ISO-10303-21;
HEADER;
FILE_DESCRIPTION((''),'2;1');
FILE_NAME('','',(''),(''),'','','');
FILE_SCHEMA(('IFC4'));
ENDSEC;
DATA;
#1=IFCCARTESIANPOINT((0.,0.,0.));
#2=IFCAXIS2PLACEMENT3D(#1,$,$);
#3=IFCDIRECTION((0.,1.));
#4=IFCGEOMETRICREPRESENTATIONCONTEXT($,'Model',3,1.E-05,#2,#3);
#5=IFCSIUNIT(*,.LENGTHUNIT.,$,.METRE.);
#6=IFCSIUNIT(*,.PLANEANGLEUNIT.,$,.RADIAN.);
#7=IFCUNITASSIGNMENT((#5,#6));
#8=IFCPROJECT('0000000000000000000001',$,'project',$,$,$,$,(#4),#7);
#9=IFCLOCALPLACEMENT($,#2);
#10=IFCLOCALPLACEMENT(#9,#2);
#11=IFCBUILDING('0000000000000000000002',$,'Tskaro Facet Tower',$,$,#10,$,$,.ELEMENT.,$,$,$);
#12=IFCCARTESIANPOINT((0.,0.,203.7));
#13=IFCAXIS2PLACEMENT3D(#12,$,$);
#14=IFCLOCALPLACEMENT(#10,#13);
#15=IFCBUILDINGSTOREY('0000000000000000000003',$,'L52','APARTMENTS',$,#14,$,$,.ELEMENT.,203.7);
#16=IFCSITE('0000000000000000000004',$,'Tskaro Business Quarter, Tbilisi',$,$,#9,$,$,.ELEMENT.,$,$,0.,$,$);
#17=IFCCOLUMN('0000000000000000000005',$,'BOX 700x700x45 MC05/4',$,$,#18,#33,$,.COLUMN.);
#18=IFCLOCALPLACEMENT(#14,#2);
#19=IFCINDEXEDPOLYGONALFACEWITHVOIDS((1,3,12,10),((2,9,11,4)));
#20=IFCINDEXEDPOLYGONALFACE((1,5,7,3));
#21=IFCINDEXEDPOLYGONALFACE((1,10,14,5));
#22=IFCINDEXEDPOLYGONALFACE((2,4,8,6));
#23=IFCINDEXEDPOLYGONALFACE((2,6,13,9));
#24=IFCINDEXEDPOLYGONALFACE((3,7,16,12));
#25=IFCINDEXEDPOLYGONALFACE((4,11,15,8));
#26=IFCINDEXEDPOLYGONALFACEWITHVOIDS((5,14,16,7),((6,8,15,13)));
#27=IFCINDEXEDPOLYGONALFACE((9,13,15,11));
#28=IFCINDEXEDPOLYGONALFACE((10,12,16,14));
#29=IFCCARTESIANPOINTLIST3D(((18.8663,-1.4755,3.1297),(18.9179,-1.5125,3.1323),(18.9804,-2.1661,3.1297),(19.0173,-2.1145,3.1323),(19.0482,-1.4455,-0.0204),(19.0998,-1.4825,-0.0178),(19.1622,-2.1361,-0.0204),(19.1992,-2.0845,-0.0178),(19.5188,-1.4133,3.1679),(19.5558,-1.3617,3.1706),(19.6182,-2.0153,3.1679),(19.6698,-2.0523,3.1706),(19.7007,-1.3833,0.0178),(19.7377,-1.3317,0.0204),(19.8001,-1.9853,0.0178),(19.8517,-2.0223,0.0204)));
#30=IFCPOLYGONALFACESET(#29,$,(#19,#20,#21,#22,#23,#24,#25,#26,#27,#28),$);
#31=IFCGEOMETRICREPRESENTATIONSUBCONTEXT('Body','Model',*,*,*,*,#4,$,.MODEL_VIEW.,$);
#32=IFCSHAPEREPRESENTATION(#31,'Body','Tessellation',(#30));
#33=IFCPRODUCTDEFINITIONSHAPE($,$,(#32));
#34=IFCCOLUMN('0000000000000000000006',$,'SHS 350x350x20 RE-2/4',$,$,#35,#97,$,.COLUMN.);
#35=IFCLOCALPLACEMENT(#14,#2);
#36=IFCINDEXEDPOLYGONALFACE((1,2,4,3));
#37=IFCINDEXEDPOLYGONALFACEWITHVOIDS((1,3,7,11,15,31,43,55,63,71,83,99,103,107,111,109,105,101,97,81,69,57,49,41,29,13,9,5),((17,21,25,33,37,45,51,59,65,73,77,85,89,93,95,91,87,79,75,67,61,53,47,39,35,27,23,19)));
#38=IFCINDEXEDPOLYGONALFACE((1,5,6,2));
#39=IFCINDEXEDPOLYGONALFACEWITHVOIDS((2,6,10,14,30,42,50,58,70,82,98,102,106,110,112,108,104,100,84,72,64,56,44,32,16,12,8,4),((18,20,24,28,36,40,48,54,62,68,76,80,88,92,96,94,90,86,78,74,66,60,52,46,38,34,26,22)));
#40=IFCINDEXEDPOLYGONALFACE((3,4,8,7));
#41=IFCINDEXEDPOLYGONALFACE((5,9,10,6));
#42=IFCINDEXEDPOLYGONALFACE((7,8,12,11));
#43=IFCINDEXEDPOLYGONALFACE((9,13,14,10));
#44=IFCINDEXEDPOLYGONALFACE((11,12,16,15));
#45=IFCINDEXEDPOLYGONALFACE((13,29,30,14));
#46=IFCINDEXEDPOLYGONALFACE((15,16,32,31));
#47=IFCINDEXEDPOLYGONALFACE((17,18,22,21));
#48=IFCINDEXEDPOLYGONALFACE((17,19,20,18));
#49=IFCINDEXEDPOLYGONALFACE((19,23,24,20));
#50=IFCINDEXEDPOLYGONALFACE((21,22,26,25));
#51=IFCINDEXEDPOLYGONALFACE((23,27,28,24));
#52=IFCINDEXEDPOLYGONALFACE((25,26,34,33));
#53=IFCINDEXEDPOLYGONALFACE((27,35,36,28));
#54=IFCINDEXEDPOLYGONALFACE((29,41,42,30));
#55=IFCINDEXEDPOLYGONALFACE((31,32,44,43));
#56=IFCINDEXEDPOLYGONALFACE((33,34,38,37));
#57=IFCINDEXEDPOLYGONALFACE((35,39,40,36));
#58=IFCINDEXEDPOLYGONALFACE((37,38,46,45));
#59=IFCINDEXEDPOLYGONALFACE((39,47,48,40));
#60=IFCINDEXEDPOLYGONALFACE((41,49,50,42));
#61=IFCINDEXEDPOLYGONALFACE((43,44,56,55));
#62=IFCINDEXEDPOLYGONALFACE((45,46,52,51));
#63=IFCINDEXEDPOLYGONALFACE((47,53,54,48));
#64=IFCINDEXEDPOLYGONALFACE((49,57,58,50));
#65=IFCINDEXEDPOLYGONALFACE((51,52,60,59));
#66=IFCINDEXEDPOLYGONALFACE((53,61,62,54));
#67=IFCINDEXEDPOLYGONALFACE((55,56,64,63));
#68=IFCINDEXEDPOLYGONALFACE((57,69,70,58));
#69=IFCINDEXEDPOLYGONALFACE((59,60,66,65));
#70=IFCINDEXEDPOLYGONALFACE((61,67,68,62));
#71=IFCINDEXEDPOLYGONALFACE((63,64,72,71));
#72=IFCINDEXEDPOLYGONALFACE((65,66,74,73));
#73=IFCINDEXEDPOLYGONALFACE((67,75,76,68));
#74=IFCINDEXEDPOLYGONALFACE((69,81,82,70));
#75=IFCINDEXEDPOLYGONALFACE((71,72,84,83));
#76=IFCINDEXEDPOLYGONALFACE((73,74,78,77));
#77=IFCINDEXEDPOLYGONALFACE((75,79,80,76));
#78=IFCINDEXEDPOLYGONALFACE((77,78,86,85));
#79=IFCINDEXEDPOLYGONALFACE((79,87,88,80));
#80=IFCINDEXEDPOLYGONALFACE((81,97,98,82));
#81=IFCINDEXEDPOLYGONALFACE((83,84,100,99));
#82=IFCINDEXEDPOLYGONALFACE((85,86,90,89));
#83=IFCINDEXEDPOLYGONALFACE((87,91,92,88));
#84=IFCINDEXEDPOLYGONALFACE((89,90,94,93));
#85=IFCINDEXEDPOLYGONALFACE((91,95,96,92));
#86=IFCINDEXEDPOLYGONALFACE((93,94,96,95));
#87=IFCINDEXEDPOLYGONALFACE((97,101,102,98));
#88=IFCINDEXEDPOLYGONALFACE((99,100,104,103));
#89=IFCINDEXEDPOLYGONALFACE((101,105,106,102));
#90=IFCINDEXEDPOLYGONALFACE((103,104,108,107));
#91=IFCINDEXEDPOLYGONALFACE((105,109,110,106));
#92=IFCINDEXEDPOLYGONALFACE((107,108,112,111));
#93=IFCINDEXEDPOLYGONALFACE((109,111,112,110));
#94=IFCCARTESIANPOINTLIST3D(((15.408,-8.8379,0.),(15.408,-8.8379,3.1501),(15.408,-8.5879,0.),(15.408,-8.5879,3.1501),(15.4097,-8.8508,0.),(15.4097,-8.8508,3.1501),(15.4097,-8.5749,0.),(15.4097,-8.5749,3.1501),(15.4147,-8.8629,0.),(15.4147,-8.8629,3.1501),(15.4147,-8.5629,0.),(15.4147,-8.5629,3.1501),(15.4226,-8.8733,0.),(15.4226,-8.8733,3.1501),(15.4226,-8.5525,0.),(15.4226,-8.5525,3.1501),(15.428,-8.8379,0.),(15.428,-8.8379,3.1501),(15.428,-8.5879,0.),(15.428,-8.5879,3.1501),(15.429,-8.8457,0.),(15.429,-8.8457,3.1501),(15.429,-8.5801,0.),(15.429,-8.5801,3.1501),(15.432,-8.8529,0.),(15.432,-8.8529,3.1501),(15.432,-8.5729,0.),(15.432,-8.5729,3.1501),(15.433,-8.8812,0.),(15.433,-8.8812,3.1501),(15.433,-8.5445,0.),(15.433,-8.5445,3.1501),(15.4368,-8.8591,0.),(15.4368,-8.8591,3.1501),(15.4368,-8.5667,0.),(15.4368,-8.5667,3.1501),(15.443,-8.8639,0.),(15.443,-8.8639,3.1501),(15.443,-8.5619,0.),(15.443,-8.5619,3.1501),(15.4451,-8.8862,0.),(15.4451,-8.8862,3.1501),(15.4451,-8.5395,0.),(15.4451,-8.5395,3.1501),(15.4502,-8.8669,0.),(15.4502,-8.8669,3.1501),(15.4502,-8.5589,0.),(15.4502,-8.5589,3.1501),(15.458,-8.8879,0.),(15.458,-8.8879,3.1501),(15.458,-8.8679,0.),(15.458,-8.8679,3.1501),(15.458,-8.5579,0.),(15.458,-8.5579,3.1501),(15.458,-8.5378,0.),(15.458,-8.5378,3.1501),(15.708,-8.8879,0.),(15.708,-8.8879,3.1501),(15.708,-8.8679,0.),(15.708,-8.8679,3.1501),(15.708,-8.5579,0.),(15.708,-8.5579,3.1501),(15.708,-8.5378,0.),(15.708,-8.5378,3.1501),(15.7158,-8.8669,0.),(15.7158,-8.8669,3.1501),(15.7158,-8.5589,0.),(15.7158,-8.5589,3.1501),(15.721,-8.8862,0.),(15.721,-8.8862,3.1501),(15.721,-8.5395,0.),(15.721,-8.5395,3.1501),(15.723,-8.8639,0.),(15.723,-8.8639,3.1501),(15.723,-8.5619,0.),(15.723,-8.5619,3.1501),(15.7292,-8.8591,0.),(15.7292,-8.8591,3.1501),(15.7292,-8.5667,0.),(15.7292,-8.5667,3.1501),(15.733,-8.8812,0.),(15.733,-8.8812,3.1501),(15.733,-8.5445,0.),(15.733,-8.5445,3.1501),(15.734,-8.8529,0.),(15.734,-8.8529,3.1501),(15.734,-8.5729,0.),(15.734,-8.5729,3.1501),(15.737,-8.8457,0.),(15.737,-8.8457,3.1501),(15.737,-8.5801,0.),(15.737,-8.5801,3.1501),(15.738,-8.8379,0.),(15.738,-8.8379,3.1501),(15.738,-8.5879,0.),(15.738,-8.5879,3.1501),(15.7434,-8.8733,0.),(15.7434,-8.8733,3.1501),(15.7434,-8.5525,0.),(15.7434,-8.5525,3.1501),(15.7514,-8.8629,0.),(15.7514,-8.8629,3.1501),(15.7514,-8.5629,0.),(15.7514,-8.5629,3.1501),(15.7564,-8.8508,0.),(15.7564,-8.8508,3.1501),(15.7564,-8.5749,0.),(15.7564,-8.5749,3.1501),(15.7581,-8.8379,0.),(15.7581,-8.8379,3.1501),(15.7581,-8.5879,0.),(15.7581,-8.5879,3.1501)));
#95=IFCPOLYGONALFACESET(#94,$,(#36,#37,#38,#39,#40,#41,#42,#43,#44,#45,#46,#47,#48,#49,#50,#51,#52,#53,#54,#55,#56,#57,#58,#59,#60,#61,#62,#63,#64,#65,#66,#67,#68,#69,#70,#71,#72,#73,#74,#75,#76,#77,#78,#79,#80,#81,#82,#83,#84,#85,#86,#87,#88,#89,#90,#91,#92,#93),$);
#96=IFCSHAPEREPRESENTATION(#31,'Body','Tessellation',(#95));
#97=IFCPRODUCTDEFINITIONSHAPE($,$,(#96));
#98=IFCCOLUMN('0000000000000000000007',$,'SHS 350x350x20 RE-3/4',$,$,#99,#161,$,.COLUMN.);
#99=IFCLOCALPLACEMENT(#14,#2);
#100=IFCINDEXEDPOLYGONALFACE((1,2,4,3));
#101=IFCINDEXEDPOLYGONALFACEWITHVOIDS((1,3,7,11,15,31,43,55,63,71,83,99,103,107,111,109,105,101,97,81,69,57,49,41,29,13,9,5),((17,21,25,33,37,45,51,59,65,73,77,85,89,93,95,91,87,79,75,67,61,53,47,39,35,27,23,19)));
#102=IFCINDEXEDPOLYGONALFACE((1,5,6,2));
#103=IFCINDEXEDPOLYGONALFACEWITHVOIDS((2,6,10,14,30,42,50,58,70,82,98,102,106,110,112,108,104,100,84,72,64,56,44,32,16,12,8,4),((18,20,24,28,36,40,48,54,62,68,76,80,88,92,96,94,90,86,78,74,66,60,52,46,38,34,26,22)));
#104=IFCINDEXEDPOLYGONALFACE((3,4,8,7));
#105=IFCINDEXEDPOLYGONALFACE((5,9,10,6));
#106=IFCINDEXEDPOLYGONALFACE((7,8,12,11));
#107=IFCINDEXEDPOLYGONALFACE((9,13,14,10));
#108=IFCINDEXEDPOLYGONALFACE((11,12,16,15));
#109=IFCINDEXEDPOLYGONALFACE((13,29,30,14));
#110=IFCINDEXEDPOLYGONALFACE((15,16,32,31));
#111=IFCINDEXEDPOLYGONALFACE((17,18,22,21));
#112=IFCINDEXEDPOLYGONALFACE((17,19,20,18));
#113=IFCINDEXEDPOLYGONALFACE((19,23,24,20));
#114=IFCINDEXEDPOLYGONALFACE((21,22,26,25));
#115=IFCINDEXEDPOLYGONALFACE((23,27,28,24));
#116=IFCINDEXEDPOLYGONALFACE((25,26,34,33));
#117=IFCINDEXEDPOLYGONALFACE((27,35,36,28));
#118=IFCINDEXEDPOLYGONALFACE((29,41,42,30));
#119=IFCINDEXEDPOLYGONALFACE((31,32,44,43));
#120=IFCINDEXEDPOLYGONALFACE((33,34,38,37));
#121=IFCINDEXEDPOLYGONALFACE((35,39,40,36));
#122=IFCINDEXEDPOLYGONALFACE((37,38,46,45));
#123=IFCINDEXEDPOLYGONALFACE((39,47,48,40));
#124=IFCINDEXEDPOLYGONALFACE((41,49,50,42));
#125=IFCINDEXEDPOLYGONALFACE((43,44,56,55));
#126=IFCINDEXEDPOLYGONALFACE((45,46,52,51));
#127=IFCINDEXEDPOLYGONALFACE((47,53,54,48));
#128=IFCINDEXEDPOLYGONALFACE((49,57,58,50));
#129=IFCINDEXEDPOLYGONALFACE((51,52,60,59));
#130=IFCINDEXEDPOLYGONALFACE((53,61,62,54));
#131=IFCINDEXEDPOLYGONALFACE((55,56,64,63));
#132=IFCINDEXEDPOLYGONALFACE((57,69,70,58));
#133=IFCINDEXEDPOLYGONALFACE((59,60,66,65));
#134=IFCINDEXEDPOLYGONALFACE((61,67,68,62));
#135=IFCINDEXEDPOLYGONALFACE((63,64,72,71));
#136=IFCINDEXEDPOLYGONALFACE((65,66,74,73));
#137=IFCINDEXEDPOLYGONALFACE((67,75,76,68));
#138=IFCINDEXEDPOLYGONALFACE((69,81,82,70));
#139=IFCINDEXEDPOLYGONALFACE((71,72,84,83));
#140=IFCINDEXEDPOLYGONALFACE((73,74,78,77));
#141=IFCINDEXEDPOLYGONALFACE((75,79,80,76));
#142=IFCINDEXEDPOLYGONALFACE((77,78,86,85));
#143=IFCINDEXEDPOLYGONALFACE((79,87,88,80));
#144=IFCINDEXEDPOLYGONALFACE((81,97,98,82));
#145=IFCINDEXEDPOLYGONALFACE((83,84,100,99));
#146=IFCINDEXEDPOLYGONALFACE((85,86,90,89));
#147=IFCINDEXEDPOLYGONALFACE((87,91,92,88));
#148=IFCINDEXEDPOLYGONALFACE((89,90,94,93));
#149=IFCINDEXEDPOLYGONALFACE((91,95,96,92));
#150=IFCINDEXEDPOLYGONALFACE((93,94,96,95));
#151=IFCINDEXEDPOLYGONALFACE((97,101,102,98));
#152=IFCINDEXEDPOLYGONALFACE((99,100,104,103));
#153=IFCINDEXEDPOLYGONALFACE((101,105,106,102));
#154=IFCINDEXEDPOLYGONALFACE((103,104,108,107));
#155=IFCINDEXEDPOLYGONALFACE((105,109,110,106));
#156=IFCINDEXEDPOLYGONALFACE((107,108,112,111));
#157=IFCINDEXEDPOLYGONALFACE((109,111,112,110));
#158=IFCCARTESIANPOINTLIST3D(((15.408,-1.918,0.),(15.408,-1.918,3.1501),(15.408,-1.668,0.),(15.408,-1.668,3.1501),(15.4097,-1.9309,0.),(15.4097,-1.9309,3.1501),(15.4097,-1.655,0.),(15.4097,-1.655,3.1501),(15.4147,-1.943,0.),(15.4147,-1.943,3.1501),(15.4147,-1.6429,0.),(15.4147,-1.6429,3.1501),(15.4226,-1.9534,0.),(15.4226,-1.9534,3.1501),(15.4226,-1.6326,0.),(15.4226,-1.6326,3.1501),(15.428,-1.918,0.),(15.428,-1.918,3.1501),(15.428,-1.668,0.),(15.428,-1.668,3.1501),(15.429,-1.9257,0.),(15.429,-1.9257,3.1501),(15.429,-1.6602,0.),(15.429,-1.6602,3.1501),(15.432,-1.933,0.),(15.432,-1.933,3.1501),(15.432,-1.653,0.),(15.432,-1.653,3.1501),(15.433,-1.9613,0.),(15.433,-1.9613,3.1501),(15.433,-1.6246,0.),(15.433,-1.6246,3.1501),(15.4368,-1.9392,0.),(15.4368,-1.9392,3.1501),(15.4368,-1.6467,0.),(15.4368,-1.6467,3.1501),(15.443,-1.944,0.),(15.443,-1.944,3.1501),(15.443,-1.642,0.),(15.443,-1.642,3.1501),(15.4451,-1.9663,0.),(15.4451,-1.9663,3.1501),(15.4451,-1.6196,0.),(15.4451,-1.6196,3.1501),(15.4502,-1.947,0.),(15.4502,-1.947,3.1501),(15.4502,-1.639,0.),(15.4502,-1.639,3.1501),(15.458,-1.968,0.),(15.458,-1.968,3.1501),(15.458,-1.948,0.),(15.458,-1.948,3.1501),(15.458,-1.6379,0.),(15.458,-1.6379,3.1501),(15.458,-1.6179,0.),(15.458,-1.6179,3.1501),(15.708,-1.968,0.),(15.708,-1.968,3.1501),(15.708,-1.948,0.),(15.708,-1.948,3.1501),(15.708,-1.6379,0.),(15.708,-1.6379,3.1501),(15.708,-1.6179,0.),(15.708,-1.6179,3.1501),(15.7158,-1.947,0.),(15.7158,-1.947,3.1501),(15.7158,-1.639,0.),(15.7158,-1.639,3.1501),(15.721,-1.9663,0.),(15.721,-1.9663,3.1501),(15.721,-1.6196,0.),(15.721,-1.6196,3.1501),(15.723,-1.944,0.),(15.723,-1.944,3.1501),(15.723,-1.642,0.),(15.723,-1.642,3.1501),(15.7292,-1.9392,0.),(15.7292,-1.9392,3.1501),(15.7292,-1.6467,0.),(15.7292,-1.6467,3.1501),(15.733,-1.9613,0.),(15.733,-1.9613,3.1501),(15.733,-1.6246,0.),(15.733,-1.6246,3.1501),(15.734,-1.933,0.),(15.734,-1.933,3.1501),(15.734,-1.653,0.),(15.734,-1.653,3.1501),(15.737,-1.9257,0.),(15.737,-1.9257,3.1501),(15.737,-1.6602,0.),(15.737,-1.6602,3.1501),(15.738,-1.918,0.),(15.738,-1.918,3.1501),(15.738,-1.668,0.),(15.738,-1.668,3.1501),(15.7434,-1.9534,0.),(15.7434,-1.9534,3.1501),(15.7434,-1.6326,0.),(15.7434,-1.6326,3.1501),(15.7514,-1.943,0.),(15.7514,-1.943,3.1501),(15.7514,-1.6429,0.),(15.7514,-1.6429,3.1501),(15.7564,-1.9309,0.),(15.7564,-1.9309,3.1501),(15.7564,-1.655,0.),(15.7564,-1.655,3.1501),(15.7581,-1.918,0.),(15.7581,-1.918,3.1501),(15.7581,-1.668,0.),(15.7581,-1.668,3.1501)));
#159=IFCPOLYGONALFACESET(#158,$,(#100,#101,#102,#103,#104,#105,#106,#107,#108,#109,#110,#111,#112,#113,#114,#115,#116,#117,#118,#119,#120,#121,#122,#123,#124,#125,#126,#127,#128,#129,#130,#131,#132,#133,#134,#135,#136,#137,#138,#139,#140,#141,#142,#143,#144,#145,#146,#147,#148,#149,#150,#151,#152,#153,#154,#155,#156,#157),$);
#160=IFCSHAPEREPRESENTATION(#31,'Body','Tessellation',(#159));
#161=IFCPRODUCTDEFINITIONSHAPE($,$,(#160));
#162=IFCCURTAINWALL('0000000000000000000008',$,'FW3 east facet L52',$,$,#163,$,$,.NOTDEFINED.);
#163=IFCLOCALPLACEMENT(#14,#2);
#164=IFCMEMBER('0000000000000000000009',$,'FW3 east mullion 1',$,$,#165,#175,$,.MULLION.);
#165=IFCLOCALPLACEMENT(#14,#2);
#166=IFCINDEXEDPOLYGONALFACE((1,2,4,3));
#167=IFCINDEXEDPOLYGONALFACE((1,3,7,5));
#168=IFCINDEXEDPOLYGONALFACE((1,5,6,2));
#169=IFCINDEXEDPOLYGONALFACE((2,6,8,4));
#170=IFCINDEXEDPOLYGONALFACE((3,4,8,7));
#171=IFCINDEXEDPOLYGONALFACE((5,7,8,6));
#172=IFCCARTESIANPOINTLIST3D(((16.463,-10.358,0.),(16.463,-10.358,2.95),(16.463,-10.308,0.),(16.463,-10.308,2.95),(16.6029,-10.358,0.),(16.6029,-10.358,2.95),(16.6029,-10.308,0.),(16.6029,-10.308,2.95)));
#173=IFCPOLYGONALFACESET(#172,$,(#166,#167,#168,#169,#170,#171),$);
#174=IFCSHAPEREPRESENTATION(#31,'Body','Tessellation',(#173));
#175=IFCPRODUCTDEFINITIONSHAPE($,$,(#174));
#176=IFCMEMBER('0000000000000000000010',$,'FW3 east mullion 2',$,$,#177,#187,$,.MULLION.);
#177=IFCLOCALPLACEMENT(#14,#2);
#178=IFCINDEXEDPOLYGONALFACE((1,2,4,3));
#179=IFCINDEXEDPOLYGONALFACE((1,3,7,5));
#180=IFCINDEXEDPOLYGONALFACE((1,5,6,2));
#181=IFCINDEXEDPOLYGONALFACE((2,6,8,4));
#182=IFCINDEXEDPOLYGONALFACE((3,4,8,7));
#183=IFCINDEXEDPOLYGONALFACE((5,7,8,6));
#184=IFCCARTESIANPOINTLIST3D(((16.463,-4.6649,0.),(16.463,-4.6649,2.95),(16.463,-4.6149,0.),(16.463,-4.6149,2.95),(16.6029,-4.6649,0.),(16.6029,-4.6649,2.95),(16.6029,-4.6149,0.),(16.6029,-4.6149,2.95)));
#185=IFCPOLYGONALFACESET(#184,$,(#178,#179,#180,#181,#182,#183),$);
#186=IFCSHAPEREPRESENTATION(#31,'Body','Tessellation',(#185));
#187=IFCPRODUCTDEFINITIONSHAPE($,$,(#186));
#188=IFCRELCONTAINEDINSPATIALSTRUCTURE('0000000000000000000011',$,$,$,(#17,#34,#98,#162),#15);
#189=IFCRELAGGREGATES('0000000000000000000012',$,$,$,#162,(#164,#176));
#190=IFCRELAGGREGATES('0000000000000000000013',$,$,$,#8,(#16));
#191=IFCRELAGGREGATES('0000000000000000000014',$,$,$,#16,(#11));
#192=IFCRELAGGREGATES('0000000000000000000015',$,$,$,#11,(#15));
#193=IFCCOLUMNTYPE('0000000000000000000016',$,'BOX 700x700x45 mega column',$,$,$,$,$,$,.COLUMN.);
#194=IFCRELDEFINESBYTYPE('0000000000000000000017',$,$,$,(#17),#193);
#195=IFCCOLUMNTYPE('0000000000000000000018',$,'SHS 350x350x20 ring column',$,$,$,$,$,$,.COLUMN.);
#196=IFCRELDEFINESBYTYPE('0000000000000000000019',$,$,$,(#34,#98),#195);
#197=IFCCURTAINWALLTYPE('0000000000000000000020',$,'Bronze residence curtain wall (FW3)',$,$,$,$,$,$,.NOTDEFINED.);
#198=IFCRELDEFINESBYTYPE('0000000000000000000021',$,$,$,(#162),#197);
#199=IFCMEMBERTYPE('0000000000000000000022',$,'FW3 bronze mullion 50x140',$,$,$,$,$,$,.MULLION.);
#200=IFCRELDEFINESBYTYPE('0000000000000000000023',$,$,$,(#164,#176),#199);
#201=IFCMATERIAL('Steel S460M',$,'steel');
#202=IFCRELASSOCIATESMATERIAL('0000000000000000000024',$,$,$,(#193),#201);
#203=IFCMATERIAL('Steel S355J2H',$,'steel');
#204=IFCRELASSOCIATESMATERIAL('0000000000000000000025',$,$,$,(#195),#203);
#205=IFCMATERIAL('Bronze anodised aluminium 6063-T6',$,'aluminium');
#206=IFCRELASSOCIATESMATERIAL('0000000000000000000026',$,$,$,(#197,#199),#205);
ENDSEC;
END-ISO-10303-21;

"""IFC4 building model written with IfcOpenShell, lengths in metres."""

from ifc_helpers import new_model, si_unit, direction, frame, origin, origin_2d, place, context, subcontext, project, spatial, rectangle, hollow_rectangle, extrude, material, material_profile, profile_set, type_object, element, aggregate, save


model = new_model("IFC4")

# Units and contexts
model_context = context("Model", 3, precision=1e-05, world=origin(), true_north=direction((0.0, 1.0)))
body_context = subcontext(model_context, "Body", "Model", "MODEL_VIEW")
ifc_project = project(units=[si_unit("LENGTHUNIT", "METRE"), si_unit("PLANEANGLEUNIT", "RADIAN")], contexts=[model_context])

# Site, building, storey
site_placement = place(None, origin())
site = spatial("IfcSite", under=ifc_project, at=site_placement, Name="Tskaro Business Quarter, Tbilisi", CompositionType="ELEMENT", RefElevation=0.0)
building_placement = place(site_placement, origin())
building = spatial("IfcBuilding", under=site, at=building_placement, Name="Tskaro Facet Tower", CompositionType="ELEMENT")
storey_placement = place(building_placement, frame((0.0, 0.0, 203.7)))
storey = spatial("IfcBuildingStorey", under=building, at=storey_placement, Name="L52", Description="APARTMENTS", CompositionType="ELEMENT", Elevation=203.7)

# Columns
ifc_material_1 = material(Name="Steel S460M", Category="steel")
ifc_material_profile_1 = material_profile(ifc_material_1, hollow_rectangle(XDim=0.7, YDim=0.7, WallThickness=0.0449, at=origin_2d()), Name="BOX 700x700x45")
ifc_profile_set_1 = profile_set([ifc_material_profile_1], Name="Steel S460M")
column_type_1 = type_object("IfcColumnType", Name="BOX 700x700x45 mega column", PredefinedType="COLUMN", material=ifc_profile_set_1)
column_placement = place(storey_placement, frame((19.45, -1.7339, 0.0), z_axis=(-0.05764, -0.009516, 0.998292), x_axis=(0.162895, -0.986643, 0.0)))
element("IfcColumn", 1, at=column_placement, inside=storey, type_object=column_type_1, Name="BOX 700x700x45 MC05/4", PredefinedType="COLUMN", context=body_context, shape_type="SweptSolid", body=[
    extrude(hollow_rectangle(XDim=0.7, YDim=0.7, WallThickness=0.0449, at=origin_2d()), origin(), (0.0, 0.0, 1.0), 3.1555),
])
ifc_material_2 = material(Name="Steel S355J2H", Category="steel")
ifc_material_profile_2 = material_profile(ifc_material_2, hollow_rectangle(XDim=0.3501, YDim=0.3501, WallThickness=0.02, InnerFilletRadius=0.03, OuterFilletRadius=0.05, at=origin_2d()), Name="SHS 350x350x20")
ifc_profile_set_2 = profile_set([ifc_material_profile_2], Name="Steel S355J2H")
column_type_2 = type_object("IfcColumnType", Name="SHS 350x350x20 ring column", PredefinedType="COLUMN", material=ifc_profile_set_2)
for number, where, z_axis, x_axis, name in (
    (2, (15.583, -8.7129, 0.0), (0.0, 0.0, 1.0), (1.0, 0.0, 0.0), "SHS 350x350x20 RE-2/4"),
    (3, (15.583, -1.793, 0.0), (0.0, 0.0, 1.0), (1.0, 0.0, 0.0), "SHS 350x350x20 RE-3/4"),
):
    element("IfcColumn", number, at=place(storey_placement, frame(where, z_axis=z_axis, x_axis=x_axis)), inside=storey, type_object=column_type_2, Name=name, PredefinedType="COLUMN", context=body_context, shape_type="SweptSolid", body=[
        extrude(hollow_rectangle(XDim=0.3501, YDim=0.3501, WallThickness=0.02, InnerFilletRadius=0.03, OuterFilletRadius=0.05, at=origin_2d()), origin(), (0.0, 0.0, 1.0), 3.1501),
    ])

# Curtain wall, members
ifc_material_3 = material(Name="Bronze anodised aluminium 6063-T6", Category="aluminium")
curtain_wall_type = type_object("IfcCurtainWallType", Name="Bronze residence curtain wall (FW3)", PredefinedType="NOTDEFINED", material=ifc_material_3)
curtain_wall_placement = place(storey_placement, origin())
curtain_wall = element("IfcCurtainWall", 4, at=curtain_wall_placement, inside=storey, type_object=curtain_wall_type, Name="FW3 east facet L52", PredefinedType="NOTDEFINED")
ifc_material_profile_3 = material_profile(ifc_material_3, rectangle(XDim=0.05, YDim=0.1399, at=origin_2d()), Name="Mullion 50x140")
ifc_profile_set_3 = profile_set([ifc_material_profile_3], Name="Bronze anodised aluminium 6063-T6")
member_type_1 = type_object("IfcMemberType", Name="FW3 bronze mullion 50x140", PredefinedType="MULLION", material=ifc_profile_set_3)
member_1_placement = place(storey_placement, frame((16.533, -10.333, 0.0), z_axis=(0.0, 0.0, 1.0), x_axis=(0.0, 1.0, 0.0)))
member_1 = element("IfcMember", 5, at=member_1_placement, type_object=member_type_1, Name="FW3 east mullion 1", PredefinedType="MULLION", context=body_context, shape_type="SweptSolid", body=[
    extrude(rectangle(XDim=0.05, YDim=0.1399, at=origin_2d()), origin(), (0.0, 0.0, 1.0), 2.95),
])
member_2_placement = place(storey_placement, frame((16.533, -4.6399, 0.0), z_axis=(0.0, 0.0, 1.0), x_axis=(0.0, 1.0, 0.0)))
member_2 = element("IfcMember", 6, at=member_2_placement, type_object=member_type_1, Name="FW3 east mullion 2", PredefinedType="MULLION", context=body_context, shape_type="SweptSolid", body=[
    extrude(rectangle(XDim=0.05, YDim=0.1399, at=origin_2d()), origin(), (0.0, 0.0, 1.0), 2.95),
])

aggregate(curtain_wall, [member_1, member_2])

save(model, "model.ifc")
